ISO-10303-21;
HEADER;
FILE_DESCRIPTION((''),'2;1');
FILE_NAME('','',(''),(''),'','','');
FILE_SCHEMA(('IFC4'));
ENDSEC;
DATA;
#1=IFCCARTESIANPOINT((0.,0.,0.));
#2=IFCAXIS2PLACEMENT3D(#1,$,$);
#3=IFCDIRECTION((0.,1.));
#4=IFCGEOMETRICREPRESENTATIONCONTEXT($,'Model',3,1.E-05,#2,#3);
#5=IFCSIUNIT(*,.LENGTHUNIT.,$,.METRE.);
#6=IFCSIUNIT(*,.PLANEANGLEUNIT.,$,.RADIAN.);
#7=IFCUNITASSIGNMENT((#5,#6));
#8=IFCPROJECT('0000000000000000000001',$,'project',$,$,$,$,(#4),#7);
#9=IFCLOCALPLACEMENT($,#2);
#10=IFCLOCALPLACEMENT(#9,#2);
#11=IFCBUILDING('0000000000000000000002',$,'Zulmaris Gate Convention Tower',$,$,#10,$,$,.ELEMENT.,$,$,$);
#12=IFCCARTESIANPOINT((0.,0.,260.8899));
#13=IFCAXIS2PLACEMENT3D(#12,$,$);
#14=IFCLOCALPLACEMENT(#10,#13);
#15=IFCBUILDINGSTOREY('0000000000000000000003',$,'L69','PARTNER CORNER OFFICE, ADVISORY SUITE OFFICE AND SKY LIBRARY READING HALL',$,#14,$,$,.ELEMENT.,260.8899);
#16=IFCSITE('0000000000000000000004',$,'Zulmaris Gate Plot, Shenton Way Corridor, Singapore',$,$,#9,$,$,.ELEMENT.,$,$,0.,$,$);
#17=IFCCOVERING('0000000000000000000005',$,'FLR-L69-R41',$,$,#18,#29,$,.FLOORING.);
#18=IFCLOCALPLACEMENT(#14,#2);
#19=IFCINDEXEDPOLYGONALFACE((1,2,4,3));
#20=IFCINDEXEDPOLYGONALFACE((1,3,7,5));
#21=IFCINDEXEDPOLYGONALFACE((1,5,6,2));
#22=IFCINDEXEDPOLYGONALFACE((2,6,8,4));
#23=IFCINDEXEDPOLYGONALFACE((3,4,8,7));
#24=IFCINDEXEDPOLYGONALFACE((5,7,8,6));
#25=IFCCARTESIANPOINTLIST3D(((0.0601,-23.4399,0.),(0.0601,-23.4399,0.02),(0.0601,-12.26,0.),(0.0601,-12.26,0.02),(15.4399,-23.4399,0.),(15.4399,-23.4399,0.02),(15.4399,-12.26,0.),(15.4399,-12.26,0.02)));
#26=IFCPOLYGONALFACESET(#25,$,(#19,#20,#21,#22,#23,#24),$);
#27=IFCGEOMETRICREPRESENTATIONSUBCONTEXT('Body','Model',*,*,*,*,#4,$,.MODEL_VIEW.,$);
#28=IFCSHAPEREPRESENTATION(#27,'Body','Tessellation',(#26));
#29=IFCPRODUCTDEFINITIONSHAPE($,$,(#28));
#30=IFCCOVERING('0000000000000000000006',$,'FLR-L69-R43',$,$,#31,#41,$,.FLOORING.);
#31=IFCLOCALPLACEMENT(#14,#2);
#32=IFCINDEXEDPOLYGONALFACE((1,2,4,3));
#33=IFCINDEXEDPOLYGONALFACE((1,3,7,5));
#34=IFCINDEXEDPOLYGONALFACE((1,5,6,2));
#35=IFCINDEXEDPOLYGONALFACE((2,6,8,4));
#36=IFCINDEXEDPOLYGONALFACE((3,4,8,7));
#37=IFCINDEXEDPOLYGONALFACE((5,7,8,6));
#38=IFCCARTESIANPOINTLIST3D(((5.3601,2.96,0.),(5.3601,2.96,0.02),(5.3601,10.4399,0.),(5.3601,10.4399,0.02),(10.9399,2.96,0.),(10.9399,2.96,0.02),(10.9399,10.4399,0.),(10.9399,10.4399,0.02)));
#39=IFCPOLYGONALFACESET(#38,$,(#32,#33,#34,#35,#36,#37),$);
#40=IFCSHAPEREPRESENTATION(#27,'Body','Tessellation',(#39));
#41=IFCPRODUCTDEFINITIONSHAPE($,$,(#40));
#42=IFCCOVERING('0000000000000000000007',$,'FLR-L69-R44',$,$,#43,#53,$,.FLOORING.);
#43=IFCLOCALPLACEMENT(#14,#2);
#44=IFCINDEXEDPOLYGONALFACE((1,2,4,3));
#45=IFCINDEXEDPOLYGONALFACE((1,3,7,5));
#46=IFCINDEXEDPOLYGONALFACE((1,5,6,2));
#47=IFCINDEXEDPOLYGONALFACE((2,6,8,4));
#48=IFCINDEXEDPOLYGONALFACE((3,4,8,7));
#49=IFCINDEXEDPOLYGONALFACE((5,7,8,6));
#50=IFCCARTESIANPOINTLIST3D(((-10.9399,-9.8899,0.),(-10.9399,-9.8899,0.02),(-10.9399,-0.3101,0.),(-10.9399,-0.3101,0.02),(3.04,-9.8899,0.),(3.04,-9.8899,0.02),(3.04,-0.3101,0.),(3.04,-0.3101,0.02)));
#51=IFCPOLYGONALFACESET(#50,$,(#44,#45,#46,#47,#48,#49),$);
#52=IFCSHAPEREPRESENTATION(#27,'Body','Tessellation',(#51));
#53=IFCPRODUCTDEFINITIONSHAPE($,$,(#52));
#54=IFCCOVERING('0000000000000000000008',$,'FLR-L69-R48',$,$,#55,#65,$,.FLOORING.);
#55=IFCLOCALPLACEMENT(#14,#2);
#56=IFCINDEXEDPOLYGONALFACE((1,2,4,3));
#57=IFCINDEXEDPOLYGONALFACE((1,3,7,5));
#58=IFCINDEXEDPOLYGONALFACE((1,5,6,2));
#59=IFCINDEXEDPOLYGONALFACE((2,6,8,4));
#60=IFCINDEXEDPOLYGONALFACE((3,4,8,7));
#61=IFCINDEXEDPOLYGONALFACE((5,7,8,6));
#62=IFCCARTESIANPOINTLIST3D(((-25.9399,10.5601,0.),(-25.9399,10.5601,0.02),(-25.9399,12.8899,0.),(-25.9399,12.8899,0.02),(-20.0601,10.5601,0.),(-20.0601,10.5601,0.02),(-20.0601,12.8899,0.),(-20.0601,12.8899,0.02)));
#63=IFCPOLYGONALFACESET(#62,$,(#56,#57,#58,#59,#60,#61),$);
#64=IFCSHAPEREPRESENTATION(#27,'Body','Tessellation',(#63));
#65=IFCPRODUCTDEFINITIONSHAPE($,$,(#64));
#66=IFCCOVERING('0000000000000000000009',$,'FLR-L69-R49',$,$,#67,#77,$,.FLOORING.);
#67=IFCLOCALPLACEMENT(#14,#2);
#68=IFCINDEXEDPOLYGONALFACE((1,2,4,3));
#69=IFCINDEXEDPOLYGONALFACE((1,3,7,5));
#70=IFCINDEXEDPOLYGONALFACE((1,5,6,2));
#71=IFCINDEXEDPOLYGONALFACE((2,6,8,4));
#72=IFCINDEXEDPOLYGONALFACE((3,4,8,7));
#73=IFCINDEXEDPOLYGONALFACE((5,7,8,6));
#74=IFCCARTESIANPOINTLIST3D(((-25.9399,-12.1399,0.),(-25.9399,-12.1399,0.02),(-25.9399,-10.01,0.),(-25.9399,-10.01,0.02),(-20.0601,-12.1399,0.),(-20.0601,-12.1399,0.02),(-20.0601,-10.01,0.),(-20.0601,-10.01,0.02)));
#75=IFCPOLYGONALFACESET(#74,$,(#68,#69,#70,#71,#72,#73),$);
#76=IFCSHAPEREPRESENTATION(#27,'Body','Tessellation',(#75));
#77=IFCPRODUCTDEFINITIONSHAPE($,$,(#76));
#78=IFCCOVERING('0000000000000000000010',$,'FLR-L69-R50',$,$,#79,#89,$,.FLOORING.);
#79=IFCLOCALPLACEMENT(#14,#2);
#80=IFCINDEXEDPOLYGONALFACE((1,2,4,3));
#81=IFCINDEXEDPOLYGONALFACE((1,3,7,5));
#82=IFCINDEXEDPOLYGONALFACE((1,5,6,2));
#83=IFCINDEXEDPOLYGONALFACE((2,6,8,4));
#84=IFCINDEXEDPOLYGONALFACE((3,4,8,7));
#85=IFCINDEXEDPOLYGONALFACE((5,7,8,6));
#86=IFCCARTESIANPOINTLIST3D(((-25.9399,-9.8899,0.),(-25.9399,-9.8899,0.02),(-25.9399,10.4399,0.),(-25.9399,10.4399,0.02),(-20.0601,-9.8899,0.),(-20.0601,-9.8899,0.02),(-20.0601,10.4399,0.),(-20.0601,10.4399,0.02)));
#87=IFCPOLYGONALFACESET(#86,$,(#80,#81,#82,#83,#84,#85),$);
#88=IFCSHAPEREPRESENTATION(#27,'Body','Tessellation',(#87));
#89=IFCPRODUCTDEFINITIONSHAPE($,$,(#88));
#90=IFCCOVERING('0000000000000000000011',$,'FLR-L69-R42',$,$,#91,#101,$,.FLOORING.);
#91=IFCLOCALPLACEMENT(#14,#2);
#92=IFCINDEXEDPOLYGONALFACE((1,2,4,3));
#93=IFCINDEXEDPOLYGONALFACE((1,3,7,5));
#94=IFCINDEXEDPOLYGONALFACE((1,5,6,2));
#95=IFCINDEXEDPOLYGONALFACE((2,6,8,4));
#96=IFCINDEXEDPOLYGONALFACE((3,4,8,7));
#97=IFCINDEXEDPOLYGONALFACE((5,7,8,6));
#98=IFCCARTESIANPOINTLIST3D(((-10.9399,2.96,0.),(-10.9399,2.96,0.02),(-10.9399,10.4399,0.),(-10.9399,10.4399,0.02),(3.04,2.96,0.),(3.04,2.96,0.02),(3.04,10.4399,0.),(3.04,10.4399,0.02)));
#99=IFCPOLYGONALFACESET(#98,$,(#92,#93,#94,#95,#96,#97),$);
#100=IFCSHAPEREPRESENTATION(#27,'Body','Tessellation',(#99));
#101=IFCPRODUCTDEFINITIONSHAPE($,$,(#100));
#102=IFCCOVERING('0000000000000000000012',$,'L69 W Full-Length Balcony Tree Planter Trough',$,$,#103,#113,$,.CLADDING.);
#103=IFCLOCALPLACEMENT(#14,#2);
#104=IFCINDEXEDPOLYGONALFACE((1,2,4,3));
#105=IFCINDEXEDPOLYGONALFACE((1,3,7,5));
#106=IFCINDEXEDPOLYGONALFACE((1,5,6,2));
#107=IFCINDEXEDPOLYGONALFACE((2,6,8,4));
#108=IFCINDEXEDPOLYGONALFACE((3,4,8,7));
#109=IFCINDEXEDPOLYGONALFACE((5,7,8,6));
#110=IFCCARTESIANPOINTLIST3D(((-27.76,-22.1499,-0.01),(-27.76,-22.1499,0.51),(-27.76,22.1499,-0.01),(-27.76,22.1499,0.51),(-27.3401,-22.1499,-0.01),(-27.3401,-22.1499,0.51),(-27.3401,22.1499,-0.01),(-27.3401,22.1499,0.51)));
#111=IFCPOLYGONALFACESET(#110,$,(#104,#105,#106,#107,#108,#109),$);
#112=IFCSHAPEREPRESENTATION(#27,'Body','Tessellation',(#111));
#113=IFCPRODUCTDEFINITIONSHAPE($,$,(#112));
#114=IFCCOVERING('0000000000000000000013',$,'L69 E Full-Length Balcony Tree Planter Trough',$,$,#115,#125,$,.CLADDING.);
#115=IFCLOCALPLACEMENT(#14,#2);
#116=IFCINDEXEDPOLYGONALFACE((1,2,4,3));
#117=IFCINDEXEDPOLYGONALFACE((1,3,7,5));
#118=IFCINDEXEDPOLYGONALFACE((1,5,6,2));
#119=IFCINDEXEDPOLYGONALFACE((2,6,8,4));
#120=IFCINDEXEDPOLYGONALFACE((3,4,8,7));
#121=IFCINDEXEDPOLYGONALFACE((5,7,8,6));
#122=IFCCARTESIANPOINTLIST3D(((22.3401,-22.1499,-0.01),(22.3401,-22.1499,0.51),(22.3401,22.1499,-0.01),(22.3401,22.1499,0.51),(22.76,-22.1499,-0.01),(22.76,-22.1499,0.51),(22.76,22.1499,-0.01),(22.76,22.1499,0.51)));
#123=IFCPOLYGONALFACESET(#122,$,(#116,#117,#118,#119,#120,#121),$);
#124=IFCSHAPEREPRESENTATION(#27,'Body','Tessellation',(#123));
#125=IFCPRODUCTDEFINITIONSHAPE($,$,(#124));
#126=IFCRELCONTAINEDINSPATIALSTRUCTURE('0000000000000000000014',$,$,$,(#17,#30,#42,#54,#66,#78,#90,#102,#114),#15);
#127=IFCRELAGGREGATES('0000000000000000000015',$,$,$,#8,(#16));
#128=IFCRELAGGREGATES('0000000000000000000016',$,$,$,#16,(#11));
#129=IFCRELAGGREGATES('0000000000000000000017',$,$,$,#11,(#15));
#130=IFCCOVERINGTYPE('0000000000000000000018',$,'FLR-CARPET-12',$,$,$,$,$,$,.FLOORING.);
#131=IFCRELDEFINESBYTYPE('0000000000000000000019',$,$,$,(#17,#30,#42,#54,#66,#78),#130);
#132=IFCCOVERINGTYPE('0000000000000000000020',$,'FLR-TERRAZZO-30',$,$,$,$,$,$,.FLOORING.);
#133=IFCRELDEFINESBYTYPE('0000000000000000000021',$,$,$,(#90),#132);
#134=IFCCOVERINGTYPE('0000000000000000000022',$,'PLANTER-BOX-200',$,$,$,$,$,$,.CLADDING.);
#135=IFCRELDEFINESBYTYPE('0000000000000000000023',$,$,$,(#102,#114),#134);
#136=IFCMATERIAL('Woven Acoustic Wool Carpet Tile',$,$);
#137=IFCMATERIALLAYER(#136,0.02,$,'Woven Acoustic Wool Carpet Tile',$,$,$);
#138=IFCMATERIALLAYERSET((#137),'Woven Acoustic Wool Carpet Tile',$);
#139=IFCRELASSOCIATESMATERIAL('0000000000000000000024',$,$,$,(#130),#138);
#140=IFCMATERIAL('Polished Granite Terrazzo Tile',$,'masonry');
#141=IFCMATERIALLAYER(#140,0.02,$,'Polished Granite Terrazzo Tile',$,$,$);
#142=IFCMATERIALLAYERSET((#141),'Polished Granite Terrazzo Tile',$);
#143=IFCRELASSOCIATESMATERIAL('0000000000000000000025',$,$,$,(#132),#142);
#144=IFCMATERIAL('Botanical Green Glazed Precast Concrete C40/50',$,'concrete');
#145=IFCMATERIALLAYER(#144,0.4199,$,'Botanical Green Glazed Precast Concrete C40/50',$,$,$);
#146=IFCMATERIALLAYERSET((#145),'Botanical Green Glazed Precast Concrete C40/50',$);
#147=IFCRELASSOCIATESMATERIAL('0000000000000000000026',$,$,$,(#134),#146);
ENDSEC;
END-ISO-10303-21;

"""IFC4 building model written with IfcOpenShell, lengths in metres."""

from ifc_helpers import new_model, si_unit, direction, frame, origin, place, context, subcontext, project, spatial, polyline, outline, extrude, material, layer, layer_set, type_object, element, save


model = new_model("IFC4")

# Units and contexts
model_context = context("Model", 3, precision=1e-05, world=origin(), true_north=direction((0.0, 1.0)))
body_context = subcontext(model_context, "Body", "Model", "MODEL_VIEW")
ifc_project = project(units=[si_unit("LENGTHUNIT", "METRE"), si_unit("PLANEANGLEUNIT", "RADIAN")], contexts=[model_context])

# Site, building, storey
site_placement = place(None, origin())
site = spatial("IfcSite", under=ifc_project, at=site_placement, Name="Zulmaris Gate Plot, Shenton Way Corridor, Singapore", CompositionType="ELEMENT", RefElevation=0.0)
building_placement = place(site_placement, origin())
building = spatial("IfcBuilding", under=site, at=building_placement, Name="Zulmaris Gate Convention Tower", CompositionType="ELEMENT")
storey_placement = place(building_placement, frame((0.0, 0.0, 260.8899)))
storey = spatial("IfcBuildingStorey", under=building, at=storey_placement, Name="L69", Description="PARTNER CORNER OFFICE, ADVISORY SUITE OFFICE AND SKY LIBRARY READING HALL", CompositionType="ELEMENT", Elevation=260.8899)

# Coverings
ifc_material_1 = material(Name="Woven Acoustic Wool Carpet Tile")
ifc_layer_1 = layer(ifc_material_1, 0.02, Name="Woven Acoustic Wool Carpet Tile")
ifc_layer_set_1 = layer_set([ifc_layer_1], Name="Woven Acoustic Wool Carpet Tile")
covering_type_1 = type_object("IfcCoveringType", Name="FLR-CARPET-12", PredefinedType="FLOORING", material=ifc_layer_set_1)
covering_1_placement = place(storey_placement, origin())
element("IfcCovering", 1, at=covering_1_placement, inside=storey, type_object=covering_type_1, Name="FLR-L69-R41", PredefinedType="FLOORING", context=body_context, shape_type="SweptSolid", body=[
    extrude(outline(polyline([(0.0601, -23.4399), (15.4399, -23.4399), (15.4399, -12.26), (0.0601, -12.26), (0.0601, -23.4399)])), origin(), (0.0, 0.0, 1.0), 0.02),
])
covering_2_placement = place(storey_placement, origin())
element("IfcCovering", 2, at=covering_2_placement, inside=storey, type_object=covering_type_1, Name="FLR-L69-R43", PredefinedType="FLOORING", context=body_context, shape_type="SweptSolid", body=[
    extrude(outline(polyline([(5.3601, 2.96), (10.9399, 2.96), (10.9399, 10.4399), (5.3601, 10.4399), (5.3601, 2.96)])), origin(), (0.0, 0.0, 1.0), 0.02),
])
covering_3_placement = place(storey_placement, origin())
element("IfcCovering", 3, at=covering_3_placement, inside=storey, type_object=covering_type_1, Name="FLR-L69-R44", PredefinedType="FLOORING", context=body_context, shape_type="SweptSolid", body=[
    extrude(outline(polyline([(-10.9399, -9.8899), (3.04, -9.8899), (3.04, -0.3101), (-10.9399, -0.3101), (-10.9399, -9.8899)])), origin(), (0.0, 0.0, 1.0), 0.02),
])
covering_4_placement = place(storey_placement, origin())
element("IfcCovering", 4, at=covering_4_placement, inside=storey, type_object=covering_type_1, Name="FLR-L69-R48", PredefinedType="FLOORING", context=body_context, shape_type="SweptSolid", body=[
    extrude(outline(polyline([(-25.9399, 10.5601), (-20.0601, 10.5601), (-20.0601, 12.8899), (-25.9399, 12.8899), (-25.9399, 10.5601)])), origin(), (0.0, 0.0, 1.0), 0.02),
])
covering_5_placement = place(storey_placement, origin())
element("IfcCovering", 5, at=covering_5_placement, inside=storey, type_object=covering_type_1, Name="FLR-L69-R49", PredefinedType="FLOORING", context=body_context, shape_type="SweptSolid", body=[
    extrude(outline(polyline([(-25.9399, -12.1399), (-20.0601, -12.1399), (-20.0601, -10.01), (-25.9399, -10.01), (-25.9399, -12.1399)])), origin(), (0.0, 0.0, 1.0), 0.02),
])
covering_6_placement = place(storey_placement, origin())
element("IfcCovering", 6, at=covering_6_placement, inside=storey, type_object=covering_type_1, Name="FLR-L69-R50", PredefinedType="FLOORING", context=body_context, shape_type="SweptSolid", body=[
    extrude(outline(polyline([(-25.9399, -9.8899), (-20.0601, -9.8899), (-20.0601, 10.4399), (-25.9399, 10.4399), (-25.9399, -9.8899)])), origin(), (0.0, 0.0, 1.0), 0.02),
])
ifc_material_2 = material(Name="Polished Granite Terrazzo Tile", Category="masonry")
ifc_layer_2 = layer(ifc_material_2, 0.02, Name="Polished Granite Terrazzo Tile")
ifc_layer_set_2 = layer_set([ifc_layer_2], Name="Polished Granite Terrazzo Tile")
covering_type_2 = type_object("IfcCoveringType", Name="FLR-TERRAZZO-30", PredefinedType="FLOORING", material=ifc_layer_set_2)
covering_7_placement = place(storey_placement, origin())
element("IfcCovering", 7, at=covering_7_placement, inside=storey, type_object=covering_type_2, Name="FLR-L69-R42", PredefinedType="FLOORING", context=body_context, shape_type="SweptSolid", body=[
    extrude(outline(polyline([(-10.9399, 2.96), (3.04, 2.96), (3.04, 10.4399), (-10.9399, 10.4399), (-10.9399, 2.96)])), origin(), (0.0, 0.0, 1.0), 0.02),
])
ifc_material_3 = material(Name="Botanical Green Glazed Precast Concrete C40/50", Category="concrete")
ifc_layer_3 = layer(ifc_material_3, 0.4199, Name="Botanical Green Glazed Precast Concrete C40/50")
ifc_layer_set_3 = layer_set([ifc_layer_3], Name="Botanical Green Glazed Precast Concrete C40/50")
covering_type_3 = type_object("IfcCoveringType", Name="PLANTER-BOX-200", PredefinedType="CLADDING", material=ifc_layer_set_3)
covering_8_placement = place(storey_placement, frame((0.0, 0.0, -0.01)))
element("IfcCovering", 8, at=covering_8_placement, inside=storey, type_object=covering_type_3, Name="L69 W Full-Length Balcony Tree Planter Trough", PredefinedType="CLADDING", context=body_context, shape_type="SweptSolid", body=[
    extrude(outline(polyline([(-27.76, -22.1499), (-27.3401, -22.1499), (-27.3401, 22.1499), (-27.76, 22.1499), (-27.76, -22.1499)])), origin(), (0.0, 0.0, 1.0), 0.52),
])
covering_9_placement = place(storey_placement, frame((0.0, 0.0, -0.01)))
element("IfcCovering", 9, at=covering_9_placement, inside=storey, type_object=covering_type_3, Name="L69 E Full-Length Balcony Tree Planter Trough", PredefinedType="CLADDING", context=body_context, shape_type="SweptSolid", body=[
    extrude(outline(polyline([(22.3401, -22.1499), (22.76, -22.1499), (22.76, 22.1499), (22.3401, 22.1499), (22.3401, -22.1499)])), origin(), (0.0, 0.0, 1.0), 0.52),
])

save(model, "model.ifc")
